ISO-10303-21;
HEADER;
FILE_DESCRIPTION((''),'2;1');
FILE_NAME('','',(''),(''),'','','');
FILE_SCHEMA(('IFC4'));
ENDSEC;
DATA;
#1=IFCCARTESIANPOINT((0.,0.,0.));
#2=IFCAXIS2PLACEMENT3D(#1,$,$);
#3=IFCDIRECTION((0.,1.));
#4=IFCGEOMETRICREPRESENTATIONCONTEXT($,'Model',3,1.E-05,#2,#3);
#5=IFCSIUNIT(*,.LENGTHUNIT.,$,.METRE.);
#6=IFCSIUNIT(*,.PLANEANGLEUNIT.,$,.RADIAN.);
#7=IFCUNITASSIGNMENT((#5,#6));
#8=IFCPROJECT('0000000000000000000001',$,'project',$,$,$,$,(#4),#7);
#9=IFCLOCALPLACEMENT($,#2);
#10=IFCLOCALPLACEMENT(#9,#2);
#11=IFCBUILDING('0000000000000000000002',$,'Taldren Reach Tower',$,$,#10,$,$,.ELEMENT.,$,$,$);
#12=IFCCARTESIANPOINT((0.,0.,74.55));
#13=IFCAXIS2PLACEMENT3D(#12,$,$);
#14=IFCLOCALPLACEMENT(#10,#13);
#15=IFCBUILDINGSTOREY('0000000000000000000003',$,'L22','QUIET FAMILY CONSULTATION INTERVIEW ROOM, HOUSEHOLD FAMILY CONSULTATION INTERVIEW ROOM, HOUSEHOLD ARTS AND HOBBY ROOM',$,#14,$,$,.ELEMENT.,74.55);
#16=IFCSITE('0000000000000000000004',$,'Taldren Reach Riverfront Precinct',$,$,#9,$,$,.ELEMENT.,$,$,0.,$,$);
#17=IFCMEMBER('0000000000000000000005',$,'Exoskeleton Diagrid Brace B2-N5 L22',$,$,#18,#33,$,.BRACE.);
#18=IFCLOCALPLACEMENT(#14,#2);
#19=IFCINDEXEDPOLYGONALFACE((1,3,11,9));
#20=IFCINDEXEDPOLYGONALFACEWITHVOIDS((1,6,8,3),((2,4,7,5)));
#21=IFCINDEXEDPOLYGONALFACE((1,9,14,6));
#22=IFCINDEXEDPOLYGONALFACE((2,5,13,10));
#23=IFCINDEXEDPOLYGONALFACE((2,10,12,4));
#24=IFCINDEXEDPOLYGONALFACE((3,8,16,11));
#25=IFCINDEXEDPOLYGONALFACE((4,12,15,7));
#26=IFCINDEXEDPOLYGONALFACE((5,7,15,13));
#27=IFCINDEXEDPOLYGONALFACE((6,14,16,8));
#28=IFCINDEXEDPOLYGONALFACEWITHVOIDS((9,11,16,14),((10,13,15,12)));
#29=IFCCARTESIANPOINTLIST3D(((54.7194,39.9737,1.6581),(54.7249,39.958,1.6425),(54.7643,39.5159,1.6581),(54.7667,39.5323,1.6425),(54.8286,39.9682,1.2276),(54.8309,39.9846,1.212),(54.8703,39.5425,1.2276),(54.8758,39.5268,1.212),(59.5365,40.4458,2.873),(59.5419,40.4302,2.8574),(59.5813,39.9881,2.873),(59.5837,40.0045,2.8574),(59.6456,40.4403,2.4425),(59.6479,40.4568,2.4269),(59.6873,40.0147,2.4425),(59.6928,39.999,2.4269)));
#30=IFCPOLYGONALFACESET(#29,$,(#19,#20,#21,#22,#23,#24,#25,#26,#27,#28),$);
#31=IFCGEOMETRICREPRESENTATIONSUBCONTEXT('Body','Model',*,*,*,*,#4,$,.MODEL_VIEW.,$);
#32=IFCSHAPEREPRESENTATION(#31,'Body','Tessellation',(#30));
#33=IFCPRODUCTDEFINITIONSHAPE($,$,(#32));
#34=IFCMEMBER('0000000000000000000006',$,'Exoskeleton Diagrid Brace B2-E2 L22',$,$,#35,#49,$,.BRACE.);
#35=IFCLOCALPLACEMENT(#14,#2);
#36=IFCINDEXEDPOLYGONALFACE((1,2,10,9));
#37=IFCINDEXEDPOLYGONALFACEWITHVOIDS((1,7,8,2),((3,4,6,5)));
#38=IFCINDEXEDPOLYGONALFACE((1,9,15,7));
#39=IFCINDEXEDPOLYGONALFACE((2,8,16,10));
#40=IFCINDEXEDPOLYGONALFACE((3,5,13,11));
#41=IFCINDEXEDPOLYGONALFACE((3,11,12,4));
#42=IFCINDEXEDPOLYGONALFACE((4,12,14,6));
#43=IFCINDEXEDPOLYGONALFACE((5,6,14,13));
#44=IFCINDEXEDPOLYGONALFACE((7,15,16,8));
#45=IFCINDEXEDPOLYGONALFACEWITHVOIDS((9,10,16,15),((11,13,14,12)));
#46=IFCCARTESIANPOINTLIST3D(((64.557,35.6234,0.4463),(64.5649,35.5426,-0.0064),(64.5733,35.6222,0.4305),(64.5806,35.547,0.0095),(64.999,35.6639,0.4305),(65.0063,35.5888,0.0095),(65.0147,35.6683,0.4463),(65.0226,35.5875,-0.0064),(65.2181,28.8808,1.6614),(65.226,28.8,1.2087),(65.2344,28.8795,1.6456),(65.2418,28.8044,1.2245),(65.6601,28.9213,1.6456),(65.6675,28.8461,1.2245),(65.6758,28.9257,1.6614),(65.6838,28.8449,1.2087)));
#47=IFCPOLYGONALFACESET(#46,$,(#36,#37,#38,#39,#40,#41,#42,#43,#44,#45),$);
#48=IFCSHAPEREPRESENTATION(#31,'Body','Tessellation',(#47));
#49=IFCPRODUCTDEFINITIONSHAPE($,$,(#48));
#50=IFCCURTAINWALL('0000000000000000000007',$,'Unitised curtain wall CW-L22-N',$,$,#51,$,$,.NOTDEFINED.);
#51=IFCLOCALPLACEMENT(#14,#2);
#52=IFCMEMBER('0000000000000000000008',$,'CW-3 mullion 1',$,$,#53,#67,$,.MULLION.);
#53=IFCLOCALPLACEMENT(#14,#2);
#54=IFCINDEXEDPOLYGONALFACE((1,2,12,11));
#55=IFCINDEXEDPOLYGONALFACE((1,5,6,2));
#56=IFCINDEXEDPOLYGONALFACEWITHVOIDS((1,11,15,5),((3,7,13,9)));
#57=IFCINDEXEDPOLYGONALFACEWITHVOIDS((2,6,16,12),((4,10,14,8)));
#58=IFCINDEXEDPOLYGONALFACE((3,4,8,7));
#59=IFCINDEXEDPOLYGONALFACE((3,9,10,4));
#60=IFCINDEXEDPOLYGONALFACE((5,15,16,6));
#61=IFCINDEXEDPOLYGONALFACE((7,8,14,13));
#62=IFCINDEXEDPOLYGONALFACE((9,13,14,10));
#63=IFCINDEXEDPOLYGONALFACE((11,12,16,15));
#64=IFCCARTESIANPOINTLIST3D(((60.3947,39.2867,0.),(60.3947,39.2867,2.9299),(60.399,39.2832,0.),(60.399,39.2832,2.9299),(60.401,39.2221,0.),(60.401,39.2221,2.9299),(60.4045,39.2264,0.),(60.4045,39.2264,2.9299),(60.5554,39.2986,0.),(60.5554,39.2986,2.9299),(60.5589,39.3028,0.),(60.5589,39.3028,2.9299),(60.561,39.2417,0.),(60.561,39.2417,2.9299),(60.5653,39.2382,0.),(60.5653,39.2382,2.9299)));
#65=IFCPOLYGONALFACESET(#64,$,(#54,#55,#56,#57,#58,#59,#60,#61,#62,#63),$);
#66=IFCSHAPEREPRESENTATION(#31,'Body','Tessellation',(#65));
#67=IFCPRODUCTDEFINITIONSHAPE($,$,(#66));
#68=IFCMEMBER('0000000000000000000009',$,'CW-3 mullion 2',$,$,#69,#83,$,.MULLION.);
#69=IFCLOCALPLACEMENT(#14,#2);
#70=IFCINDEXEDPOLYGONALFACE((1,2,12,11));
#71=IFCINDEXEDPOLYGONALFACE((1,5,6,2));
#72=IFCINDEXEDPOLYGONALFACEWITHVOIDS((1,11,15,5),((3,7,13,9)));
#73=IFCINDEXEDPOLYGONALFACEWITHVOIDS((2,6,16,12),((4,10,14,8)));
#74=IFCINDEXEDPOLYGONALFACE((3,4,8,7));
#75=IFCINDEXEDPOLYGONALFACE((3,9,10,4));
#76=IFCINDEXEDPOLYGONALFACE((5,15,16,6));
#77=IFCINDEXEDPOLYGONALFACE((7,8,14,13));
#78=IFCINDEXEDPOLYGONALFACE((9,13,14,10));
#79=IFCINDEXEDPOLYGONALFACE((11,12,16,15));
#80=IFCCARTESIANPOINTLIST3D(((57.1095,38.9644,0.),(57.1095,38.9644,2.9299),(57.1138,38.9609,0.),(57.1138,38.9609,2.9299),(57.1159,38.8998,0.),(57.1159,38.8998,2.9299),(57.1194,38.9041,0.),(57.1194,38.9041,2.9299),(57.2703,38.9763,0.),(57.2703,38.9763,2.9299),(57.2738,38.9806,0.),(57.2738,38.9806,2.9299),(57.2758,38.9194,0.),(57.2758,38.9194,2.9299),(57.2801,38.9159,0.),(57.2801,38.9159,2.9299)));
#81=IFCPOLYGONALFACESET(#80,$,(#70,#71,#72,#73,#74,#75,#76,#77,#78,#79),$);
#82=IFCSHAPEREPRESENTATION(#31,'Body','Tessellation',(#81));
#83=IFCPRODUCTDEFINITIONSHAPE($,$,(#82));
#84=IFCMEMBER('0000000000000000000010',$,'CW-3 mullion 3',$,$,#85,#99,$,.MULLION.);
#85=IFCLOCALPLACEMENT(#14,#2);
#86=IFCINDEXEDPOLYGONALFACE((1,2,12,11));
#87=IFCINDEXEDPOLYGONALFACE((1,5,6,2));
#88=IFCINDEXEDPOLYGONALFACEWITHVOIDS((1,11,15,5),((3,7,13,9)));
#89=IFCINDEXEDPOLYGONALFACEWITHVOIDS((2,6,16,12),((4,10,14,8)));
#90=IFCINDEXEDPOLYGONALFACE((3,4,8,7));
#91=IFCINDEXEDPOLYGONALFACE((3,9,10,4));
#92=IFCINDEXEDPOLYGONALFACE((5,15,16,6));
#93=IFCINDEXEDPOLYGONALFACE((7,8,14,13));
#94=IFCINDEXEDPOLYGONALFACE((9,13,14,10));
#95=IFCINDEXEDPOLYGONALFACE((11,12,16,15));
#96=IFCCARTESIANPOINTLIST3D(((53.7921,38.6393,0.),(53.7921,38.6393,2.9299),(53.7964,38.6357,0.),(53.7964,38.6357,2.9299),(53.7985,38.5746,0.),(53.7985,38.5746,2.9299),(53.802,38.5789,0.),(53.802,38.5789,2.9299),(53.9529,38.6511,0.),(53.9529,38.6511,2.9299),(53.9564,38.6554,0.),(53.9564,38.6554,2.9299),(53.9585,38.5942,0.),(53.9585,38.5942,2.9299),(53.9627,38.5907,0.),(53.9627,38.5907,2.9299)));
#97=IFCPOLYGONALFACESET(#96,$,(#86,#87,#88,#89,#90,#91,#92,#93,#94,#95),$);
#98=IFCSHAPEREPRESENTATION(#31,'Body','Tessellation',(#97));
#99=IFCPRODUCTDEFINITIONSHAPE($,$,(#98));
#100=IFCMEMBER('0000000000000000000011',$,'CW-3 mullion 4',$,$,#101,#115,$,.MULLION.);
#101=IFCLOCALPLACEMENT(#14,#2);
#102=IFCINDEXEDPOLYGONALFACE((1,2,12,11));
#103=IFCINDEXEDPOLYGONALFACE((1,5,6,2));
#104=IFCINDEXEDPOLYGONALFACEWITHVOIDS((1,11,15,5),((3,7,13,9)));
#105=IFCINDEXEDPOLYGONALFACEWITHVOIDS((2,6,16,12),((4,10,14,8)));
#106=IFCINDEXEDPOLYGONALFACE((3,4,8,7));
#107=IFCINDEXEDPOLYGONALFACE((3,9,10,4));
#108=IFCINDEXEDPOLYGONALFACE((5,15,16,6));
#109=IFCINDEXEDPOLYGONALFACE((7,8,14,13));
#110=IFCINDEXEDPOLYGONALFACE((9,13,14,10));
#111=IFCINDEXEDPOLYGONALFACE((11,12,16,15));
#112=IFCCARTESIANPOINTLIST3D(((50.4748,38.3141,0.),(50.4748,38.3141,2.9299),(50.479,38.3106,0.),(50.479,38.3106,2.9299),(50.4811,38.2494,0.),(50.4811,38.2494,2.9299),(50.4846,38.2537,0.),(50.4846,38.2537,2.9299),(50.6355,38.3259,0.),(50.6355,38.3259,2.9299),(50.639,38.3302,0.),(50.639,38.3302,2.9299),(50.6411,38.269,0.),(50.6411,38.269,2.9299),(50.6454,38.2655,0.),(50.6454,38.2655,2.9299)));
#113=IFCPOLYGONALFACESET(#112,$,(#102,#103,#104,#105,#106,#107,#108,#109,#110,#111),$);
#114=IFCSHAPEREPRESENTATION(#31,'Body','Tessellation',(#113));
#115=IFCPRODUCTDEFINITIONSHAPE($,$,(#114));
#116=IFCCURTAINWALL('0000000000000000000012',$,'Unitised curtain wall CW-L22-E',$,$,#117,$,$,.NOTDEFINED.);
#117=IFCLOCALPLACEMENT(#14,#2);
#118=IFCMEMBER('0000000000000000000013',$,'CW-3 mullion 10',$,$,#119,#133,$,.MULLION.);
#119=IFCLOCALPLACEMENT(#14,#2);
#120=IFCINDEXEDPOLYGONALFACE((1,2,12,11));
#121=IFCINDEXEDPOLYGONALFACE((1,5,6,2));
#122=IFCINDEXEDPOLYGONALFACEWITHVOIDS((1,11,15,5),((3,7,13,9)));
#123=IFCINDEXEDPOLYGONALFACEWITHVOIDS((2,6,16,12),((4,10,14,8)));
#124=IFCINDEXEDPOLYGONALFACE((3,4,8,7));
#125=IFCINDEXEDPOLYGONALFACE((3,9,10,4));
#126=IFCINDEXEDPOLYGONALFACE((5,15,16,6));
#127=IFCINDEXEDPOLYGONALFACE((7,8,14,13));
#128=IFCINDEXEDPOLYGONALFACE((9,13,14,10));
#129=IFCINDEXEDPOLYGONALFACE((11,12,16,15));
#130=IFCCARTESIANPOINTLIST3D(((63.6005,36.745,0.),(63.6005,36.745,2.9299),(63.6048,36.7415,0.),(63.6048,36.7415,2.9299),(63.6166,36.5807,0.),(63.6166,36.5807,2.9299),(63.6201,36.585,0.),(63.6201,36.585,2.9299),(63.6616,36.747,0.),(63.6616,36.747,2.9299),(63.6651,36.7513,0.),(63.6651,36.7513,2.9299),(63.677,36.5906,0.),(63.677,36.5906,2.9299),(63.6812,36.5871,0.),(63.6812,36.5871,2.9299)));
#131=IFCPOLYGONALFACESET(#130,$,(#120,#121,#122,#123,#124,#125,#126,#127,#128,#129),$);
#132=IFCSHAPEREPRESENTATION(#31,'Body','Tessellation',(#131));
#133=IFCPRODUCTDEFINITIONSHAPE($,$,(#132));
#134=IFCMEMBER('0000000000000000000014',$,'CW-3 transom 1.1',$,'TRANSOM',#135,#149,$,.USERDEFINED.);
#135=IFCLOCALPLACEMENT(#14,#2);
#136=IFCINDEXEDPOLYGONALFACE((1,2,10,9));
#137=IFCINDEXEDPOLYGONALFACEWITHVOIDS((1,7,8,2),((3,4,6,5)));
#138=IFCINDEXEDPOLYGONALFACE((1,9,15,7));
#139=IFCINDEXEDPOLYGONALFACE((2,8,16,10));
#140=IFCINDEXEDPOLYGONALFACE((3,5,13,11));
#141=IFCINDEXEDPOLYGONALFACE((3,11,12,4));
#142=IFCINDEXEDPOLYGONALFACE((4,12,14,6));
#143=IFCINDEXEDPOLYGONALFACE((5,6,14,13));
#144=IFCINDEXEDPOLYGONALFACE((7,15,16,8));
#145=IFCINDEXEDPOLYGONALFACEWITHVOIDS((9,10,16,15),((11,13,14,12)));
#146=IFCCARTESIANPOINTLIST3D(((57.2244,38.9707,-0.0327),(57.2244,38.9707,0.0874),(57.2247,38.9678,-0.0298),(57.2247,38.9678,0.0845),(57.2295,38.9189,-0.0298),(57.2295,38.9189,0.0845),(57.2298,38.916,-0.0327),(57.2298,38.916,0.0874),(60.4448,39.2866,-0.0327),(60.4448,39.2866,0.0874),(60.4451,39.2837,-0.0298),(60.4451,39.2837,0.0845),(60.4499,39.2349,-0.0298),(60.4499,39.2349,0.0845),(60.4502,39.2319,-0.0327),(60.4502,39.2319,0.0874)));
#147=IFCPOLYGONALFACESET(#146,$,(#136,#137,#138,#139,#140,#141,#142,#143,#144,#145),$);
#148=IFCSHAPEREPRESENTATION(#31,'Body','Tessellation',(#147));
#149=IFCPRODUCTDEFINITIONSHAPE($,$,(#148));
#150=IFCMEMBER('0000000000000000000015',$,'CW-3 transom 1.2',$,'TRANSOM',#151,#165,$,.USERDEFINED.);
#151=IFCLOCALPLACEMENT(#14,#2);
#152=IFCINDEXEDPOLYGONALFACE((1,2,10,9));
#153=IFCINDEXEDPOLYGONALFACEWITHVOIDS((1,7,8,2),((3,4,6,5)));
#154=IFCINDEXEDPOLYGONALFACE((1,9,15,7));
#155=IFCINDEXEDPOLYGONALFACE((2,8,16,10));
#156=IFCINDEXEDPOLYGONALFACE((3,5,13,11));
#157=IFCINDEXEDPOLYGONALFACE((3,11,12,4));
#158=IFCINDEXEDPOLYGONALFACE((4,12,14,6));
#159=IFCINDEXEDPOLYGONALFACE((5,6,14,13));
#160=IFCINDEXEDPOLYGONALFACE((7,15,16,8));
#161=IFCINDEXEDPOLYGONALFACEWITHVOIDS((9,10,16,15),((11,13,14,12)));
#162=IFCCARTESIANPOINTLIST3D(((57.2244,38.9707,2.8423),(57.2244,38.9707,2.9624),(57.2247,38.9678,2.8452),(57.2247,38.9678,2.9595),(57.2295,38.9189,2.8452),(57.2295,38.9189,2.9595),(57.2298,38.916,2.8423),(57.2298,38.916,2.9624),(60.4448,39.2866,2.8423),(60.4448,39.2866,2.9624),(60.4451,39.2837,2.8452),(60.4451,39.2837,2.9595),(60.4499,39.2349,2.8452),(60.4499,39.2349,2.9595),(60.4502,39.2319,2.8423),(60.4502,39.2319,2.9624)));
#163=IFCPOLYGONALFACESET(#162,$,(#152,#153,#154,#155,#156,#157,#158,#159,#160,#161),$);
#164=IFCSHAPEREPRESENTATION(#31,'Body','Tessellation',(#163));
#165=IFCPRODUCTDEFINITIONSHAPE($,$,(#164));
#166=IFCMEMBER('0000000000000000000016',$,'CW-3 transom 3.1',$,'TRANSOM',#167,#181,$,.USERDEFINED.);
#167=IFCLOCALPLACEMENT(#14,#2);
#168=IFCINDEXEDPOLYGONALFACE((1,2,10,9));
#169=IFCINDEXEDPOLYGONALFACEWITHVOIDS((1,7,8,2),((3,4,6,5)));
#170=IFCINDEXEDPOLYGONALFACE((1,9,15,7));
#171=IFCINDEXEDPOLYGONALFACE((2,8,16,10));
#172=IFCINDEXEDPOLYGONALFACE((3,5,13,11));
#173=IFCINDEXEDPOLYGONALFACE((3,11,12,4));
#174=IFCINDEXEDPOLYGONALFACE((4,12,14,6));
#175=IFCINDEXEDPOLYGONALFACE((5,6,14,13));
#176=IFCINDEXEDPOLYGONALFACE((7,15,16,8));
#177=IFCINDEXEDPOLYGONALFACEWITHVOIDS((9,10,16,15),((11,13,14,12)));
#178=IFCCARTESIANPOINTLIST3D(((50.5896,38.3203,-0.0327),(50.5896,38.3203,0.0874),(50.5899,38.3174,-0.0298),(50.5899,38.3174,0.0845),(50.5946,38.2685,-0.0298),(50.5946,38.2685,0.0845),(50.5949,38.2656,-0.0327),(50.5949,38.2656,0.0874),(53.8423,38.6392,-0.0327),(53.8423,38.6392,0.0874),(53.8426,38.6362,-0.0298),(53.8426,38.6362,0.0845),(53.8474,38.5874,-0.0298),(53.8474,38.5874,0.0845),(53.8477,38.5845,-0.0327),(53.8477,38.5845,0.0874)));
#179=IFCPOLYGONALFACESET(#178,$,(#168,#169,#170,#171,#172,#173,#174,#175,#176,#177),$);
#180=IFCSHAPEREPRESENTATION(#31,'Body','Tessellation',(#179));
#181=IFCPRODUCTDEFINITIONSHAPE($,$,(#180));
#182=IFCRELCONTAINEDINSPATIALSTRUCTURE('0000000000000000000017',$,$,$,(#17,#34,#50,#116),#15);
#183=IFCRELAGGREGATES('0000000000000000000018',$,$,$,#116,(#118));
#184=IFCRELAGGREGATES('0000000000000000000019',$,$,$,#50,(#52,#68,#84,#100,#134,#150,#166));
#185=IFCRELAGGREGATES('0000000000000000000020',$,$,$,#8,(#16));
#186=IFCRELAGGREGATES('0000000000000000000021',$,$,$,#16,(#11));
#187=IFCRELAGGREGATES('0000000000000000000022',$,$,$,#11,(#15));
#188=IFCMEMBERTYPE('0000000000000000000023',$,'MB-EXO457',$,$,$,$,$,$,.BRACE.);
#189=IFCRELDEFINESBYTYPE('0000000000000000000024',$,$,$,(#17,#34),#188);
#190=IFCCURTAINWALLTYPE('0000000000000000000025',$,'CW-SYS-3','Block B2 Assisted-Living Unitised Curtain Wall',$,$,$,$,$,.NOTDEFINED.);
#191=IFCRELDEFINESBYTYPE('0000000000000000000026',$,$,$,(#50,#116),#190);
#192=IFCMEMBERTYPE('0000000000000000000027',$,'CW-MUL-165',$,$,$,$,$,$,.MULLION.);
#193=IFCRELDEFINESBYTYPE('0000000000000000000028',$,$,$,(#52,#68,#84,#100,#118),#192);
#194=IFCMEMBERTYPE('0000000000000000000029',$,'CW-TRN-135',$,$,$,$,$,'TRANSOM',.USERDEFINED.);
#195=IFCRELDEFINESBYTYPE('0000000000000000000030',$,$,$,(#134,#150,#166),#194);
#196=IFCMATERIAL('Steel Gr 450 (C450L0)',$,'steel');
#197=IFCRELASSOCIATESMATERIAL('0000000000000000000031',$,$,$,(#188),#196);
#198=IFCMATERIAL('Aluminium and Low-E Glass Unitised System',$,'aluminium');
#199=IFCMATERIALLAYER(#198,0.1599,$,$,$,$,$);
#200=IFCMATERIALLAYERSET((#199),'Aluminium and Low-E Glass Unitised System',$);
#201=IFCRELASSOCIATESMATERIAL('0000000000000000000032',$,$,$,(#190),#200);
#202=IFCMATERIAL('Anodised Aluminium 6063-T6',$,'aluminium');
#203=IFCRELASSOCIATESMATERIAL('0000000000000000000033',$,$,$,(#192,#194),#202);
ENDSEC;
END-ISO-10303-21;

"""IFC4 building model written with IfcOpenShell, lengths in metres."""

from ifc_helpers import new_model, si_unit, direction, frame, origin, origin_2d, place, context, subcontext, project, spatial, hollow_rectangle, extrude, source, transform, mapped, material, layer, layer_set, material_profile, profile_set, type_object, element, aggregate, save


model = new_model("IFC4")

# Units and contexts
model_context = context("Model", 3, precision=1e-05, world=origin(), true_north=direction((0.0, 1.0)))
body_context = subcontext(model_context, "Body", "Model", "MODEL_VIEW")
ifc_project = project(units=[si_unit("LENGTHUNIT", "METRE"), si_unit("PLANEANGLEUNIT", "RADIAN")], contexts=[model_context])

# Site, building, storey
site_placement = place(None, origin())
site = spatial("IfcSite", under=ifc_project, at=site_placement, Name="Taldren Reach Riverfront Precinct", CompositionType="ELEMENT", RefElevation=0.0)
building_placement = place(site_placement, origin())
building = spatial("IfcBuilding", under=site, at=building_placement, Name="Taldren Reach Tower", CompositionType="ELEMENT")
storey_placement = place(building_placement, frame((0.0, 0.0, 74.55)))
storey = spatial("IfcBuildingStorey", under=building, at=storey_placement, Name="L22", Description="QUIET FAMILY CONSULTATION INTERVIEW ROOM, HOUSEHOLD FAMILY CONSULTATION INTERVIEW ROOM, HOUSEHOLD ARTS AND HOBBY ROOM", CompositionType="ELEMENT", Elevation=74.55)

# Shared definitions
ifc_material_1 = material(Name="Steel Gr 450 (C450L0)", Category="steel")

# Members
ifc_material_profile_1 = material_profile(ifc_material_1, hollow_rectangle(XDim=0.46, YDim=0.46, WallThickness=0.0161, at=origin_2d()), Name="460x460x16.0SHS")
ifc_profile_set_1 = profile_set([ifc_material_profile_1], Name="Steel Gr 450 (C450L0)")
member_type_1 = type_object("IfcMemberType", Name="MB-EXO457", PredefinedType="BRACE", material=ifc_profile_set_1)
shared_shape_1 = source(origin(), body_context, "Body", "SweptSolid", [
    extrude(hollow_rectangle(XDim=0.46, YDim=0.46, WallThickness=0.0161, at=origin_2d()), origin(), (0.0, 0.0, 1.0), 4.9902),
])
member_1_placement = place(storey_placement, frame((54.7976, 39.7502, 1.4351), z_axis=(0.965287, 0.094621, 0.24345), x_axis=(-0.097556, 0.99523, 0.0)))
element("IfcMember", 1, at=member_1_placement, inside=storey, type_object=member_type_1, Name="Exoskeleton Diagrid Brace B2-N5 L22", PredefinedType="BRACE", context=body_context, shape_type="MappedRepresentation", body=[
    mapped(shared_shape_1, transform((0.0, 0.0, 0.0), scale=1.0)),
])
shared_shape_2 = source(origin(), body_context, "Body", "SweptSolid", [
    extrude(hollow_rectangle(XDim=0.46, YDim=0.46, WallThickness=0.0161, at=origin_2d()), origin(), (0.0, 0.0, 1.0), 6.8831),
])
member_2_placement = place(storey_placement, frame((64.7898, 35.6055, 0.22), z_axis=(0.096051, -0.979597, 0.176532), x_axis=(0.995227, 0.097584, 0.0)))
element("IfcMember", 2, at=member_2_placement, inside=storey, type_object=member_type_1, Name="Exoskeleton Diagrid Brace B2-E2 L22", PredefinedType="BRACE", context=body_context, shape_type="MappedRepresentation", body=[
    mapped(shared_shape_2, transform((0.0, 0.0, 0.0), scale=1.0)),
])

# Curtain wall, members
ifc_material_2 = material(Name="Aluminium and Low-E Glass Unitised System", Category="aluminium")
ifc_layer_1 = layer(ifc_material_2, 0.1599)
ifc_layer_set_1 = layer_set([ifc_layer_1], Name="Aluminium and Low-E Glass Unitised System")
curtain_wall_type = type_object("IfcCurtainWallType", Name="CW-SYS-3", Description="Block B2 Assisted-Living Unitised Curtain Wall", PredefinedType="NOTDEFINED", material=ifc_layer_set_1)
curtain_wall_1_placement = place(storey_placement, origin())
curtain_wall_1 = element("IfcCurtainWall", 3, at=curtain_wall_1_placement, inside=storey, type_object=curtain_wall_type, Name="Unitised curtain wall CW-L22-N", PredefinedType="NOTDEFINED")
ifc_material_3 = material(Name="Anodised Aluminium 6063-T6", Category="aluminium")
ifc_material_profile_2 = material_profile(ifc_material_3, hollow_rectangle(XDim=0.0649, YDim=0.165, WallThickness=0.0039, at=origin_2d()), Name="ALU-165x65x4RHS")
ifc_profile_set_2 = profile_set([ifc_material_profile_2], Name="Anodised Aluminium 6063-T6")
member_type_2 = type_object("IfcMemberType", Name="CW-MUL-165", PredefinedType="MULLION", material=ifc_profile_set_2)
shared_shape_3 = source(origin(), body_context, "Body", "SweptSolid", [
    extrude(hollow_rectangle(XDim=0.0649, YDim=0.165, WallThickness=0.0039, at=origin_2d()), origin(), (0.0, 0.0, 1.0), 2.9299),
])
member_3_placement = place(storey_placement, frame((60.48, 39.2625, 0.0), z_axis=(0.0, 0.0, 1.0), x_axis=(0.097583, -0.995227, 0.0)))
member_3 = element("IfcMember", 4, at=member_3_placement, type_object=member_type_2, Name="CW-3 mullion 1", PredefinedType="MULLION", context=body_context, shape_type="MappedRepresentation", body=[
    mapped(shared_shape_3, transform((0.0, 0.0, 0.0), scale=1.0)),
])
member_4_placement = place(storey_placement, frame((57.1948, 38.9402, 0.0), z_axis=(0.0, 0.0, 1.0), x_axis=(0.097583, -0.995227, 0.0)))
member_4 = element("IfcMember", 5, at=member_4_placement, type_object=member_type_2, Name="CW-3 mullion 2", PredefinedType="MULLION", context=body_context, shape_type="MappedRepresentation", body=[
    mapped(shared_shape_3, transform((0.0, 0.0, 0.0), scale=1.0)),
])
member_5_placement = place(storey_placement, frame((53.8774, 38.615, 0.0), z_axis=(0.0, 0.0, 1.0), x_axis=(0.097583, -0.995227, 0.0)))
member_5 = element("IfcMember", 6, at=member_5_placement, type_object=member_type_2, Name="CW-3 mullion 3", PredefinedType="MULLION", context=body_context, shape_type="MappedRepresentation", body=[
    mapped(shared_shape_3, transform((0.0, 0.0, 0.0), scale=1.0)),
])
member_6_placement = place(storey_placement, frame((50.5601, 38.2898, 0.0), z_axis=(0.0, 0.0, 1.0), x_axis=(0.097583, -0.995227, 0.0)))
member_6 = element("IfcMember", 7, at=member_6_placement, type_object=member_type_2, Name="CW-3 mullion 4", PredefinedType="MULLION", context=body_context, shape_type="MappedRepresentation", body=[
    mapped(shared_shape_3, transform((0.0, 0.0, 0.0), scale=1.0)),
])

# Curtain wall, member
curtain_wall_2_placement = place(storey_placement, origin())
curtain_wall_2 = element("IfcCurtainWall", 8, at=curtain_wall_2_placement, inside=storey, type_object=curtain_wall_type, Name="Unitised curtain wall CW-L22-E", PredefinedType="NOTDEFINED")
member_7_placement = place(storey_placement, frame((63.6409, 36.666, 0.0), z_axis=(0.0, 0.0, 1.0), x_axis=(-0.995227, -0.097583, 0.0)))
member_7 = element("IfcMember", 9, at=member_7_placement, type_object=member_type_2, Name="CW-3 mullion 10", PredefinedType="MULLION", context=body_context, shape_type="MappedRepresentation", body=[
    mapped(shared_shape_3, transform((0.0, 0.0, 0.0), scale=1.0)),
])
aggregate(curtain_wall_2, [member_7])

# Members
ifc_material_profile_3 = material_profile(ifc_material_3, hollow_rectangle(XDim=0.0549, YDim=0.1201, WallThickness=0.0029, at=origin_2d()), Name="ALU-120x55x3RHS")
ifc_profile_set_3 = profile_set([ifc_material_profile_3], Name="Anodised Aluminium 6063-T6")
member_type_3 = type_object("IfcMemberType", Name="CW-TRN-135", ElementType="TRANSOM", PredefinedType="USERDEFINED", material=ifc_profile_set_3)
shared_shape_4 = source(origin(), body_context, "Body", "SweptSolid", [
    extrude(hollow_rectangle(XDim=0.0549, YDim=0.1201, WallThickness=0.0029, at=origin_2d()), origin(), (0.0, 0.0, 1.0), 3.2358),
])
member_8_placement = place(storey_placement, frame((60.4475, 39.2593, 0.0273), z_axis=(-0.995223, -0.097629, 0.0), x_axis=(0.097629, -0.995223, 0.0)))
member_8 = element("IfcMember", 10, at=member_8_placement, type_object=member_type_3, Name="CW-3 transom 1.1", ObjectType="TRANSOM", PredefinedType="USERDEFINED", context=body_context, shape_type="MappedRepresentation", body=[
    mapped(shared_shape_4, transform((0.0, 0.0, 0.0), scale=1.0)),
])
member_9_placement = place(storey_placement, frame((60.4475, 39.2593, 2.9023), z_axis=(-0.995223, -0.097629, 0.0), x_axis=(0.097629, -0.995223, 0.0)))
member_9 = element("IfcMember", 11, at=member_9_placement, type_object=member_type_3, Name="CW-3 transom 1.2", ObjectType="TRANSOM", PredefinedType="USERDEFINED", context=body_context, shape_type="MappedRepresentation", body=[
    mapped(shared_shape_4, transform((0.0, 0.0, 0.0), scale=1.0)),
])
shared_shape_5 = source(origin(), body_context, "Body", "SweptSolid", [
    extrude(hollow_rectangle(XDim=0.0549, YDim=0.1201, WallThickness=0.0029, at=origin_2d()), origin(), (0.0, 0.0, 1.0), 3.2683),
])
member_10_placement = place(storey_placement, frame((53.845, 38.6118, 0.0273), z_axis=(-0.99523, -0.097558, 0.0), x_axis=(0.097558, -0.99523, 0.0)))
member_10 = element("IfcMember", 12, at=member_10_placement, type_object=member_type_3, Name="CW-3 transom 3.1", ObjectType="TRANSOM", PredefinedType="USERDEFINED", context=body_context, shape_type="MappedRepresentation", body=[
    mapped(shared_shape_5, transform((0.0, 0.0, 0.0), scale=1.0)),
])

aggregate(curtain_wall_1, [member_3, member_4, member_5, member_6, member_8, member_9, member_10])

save(model, "model.ifc")
